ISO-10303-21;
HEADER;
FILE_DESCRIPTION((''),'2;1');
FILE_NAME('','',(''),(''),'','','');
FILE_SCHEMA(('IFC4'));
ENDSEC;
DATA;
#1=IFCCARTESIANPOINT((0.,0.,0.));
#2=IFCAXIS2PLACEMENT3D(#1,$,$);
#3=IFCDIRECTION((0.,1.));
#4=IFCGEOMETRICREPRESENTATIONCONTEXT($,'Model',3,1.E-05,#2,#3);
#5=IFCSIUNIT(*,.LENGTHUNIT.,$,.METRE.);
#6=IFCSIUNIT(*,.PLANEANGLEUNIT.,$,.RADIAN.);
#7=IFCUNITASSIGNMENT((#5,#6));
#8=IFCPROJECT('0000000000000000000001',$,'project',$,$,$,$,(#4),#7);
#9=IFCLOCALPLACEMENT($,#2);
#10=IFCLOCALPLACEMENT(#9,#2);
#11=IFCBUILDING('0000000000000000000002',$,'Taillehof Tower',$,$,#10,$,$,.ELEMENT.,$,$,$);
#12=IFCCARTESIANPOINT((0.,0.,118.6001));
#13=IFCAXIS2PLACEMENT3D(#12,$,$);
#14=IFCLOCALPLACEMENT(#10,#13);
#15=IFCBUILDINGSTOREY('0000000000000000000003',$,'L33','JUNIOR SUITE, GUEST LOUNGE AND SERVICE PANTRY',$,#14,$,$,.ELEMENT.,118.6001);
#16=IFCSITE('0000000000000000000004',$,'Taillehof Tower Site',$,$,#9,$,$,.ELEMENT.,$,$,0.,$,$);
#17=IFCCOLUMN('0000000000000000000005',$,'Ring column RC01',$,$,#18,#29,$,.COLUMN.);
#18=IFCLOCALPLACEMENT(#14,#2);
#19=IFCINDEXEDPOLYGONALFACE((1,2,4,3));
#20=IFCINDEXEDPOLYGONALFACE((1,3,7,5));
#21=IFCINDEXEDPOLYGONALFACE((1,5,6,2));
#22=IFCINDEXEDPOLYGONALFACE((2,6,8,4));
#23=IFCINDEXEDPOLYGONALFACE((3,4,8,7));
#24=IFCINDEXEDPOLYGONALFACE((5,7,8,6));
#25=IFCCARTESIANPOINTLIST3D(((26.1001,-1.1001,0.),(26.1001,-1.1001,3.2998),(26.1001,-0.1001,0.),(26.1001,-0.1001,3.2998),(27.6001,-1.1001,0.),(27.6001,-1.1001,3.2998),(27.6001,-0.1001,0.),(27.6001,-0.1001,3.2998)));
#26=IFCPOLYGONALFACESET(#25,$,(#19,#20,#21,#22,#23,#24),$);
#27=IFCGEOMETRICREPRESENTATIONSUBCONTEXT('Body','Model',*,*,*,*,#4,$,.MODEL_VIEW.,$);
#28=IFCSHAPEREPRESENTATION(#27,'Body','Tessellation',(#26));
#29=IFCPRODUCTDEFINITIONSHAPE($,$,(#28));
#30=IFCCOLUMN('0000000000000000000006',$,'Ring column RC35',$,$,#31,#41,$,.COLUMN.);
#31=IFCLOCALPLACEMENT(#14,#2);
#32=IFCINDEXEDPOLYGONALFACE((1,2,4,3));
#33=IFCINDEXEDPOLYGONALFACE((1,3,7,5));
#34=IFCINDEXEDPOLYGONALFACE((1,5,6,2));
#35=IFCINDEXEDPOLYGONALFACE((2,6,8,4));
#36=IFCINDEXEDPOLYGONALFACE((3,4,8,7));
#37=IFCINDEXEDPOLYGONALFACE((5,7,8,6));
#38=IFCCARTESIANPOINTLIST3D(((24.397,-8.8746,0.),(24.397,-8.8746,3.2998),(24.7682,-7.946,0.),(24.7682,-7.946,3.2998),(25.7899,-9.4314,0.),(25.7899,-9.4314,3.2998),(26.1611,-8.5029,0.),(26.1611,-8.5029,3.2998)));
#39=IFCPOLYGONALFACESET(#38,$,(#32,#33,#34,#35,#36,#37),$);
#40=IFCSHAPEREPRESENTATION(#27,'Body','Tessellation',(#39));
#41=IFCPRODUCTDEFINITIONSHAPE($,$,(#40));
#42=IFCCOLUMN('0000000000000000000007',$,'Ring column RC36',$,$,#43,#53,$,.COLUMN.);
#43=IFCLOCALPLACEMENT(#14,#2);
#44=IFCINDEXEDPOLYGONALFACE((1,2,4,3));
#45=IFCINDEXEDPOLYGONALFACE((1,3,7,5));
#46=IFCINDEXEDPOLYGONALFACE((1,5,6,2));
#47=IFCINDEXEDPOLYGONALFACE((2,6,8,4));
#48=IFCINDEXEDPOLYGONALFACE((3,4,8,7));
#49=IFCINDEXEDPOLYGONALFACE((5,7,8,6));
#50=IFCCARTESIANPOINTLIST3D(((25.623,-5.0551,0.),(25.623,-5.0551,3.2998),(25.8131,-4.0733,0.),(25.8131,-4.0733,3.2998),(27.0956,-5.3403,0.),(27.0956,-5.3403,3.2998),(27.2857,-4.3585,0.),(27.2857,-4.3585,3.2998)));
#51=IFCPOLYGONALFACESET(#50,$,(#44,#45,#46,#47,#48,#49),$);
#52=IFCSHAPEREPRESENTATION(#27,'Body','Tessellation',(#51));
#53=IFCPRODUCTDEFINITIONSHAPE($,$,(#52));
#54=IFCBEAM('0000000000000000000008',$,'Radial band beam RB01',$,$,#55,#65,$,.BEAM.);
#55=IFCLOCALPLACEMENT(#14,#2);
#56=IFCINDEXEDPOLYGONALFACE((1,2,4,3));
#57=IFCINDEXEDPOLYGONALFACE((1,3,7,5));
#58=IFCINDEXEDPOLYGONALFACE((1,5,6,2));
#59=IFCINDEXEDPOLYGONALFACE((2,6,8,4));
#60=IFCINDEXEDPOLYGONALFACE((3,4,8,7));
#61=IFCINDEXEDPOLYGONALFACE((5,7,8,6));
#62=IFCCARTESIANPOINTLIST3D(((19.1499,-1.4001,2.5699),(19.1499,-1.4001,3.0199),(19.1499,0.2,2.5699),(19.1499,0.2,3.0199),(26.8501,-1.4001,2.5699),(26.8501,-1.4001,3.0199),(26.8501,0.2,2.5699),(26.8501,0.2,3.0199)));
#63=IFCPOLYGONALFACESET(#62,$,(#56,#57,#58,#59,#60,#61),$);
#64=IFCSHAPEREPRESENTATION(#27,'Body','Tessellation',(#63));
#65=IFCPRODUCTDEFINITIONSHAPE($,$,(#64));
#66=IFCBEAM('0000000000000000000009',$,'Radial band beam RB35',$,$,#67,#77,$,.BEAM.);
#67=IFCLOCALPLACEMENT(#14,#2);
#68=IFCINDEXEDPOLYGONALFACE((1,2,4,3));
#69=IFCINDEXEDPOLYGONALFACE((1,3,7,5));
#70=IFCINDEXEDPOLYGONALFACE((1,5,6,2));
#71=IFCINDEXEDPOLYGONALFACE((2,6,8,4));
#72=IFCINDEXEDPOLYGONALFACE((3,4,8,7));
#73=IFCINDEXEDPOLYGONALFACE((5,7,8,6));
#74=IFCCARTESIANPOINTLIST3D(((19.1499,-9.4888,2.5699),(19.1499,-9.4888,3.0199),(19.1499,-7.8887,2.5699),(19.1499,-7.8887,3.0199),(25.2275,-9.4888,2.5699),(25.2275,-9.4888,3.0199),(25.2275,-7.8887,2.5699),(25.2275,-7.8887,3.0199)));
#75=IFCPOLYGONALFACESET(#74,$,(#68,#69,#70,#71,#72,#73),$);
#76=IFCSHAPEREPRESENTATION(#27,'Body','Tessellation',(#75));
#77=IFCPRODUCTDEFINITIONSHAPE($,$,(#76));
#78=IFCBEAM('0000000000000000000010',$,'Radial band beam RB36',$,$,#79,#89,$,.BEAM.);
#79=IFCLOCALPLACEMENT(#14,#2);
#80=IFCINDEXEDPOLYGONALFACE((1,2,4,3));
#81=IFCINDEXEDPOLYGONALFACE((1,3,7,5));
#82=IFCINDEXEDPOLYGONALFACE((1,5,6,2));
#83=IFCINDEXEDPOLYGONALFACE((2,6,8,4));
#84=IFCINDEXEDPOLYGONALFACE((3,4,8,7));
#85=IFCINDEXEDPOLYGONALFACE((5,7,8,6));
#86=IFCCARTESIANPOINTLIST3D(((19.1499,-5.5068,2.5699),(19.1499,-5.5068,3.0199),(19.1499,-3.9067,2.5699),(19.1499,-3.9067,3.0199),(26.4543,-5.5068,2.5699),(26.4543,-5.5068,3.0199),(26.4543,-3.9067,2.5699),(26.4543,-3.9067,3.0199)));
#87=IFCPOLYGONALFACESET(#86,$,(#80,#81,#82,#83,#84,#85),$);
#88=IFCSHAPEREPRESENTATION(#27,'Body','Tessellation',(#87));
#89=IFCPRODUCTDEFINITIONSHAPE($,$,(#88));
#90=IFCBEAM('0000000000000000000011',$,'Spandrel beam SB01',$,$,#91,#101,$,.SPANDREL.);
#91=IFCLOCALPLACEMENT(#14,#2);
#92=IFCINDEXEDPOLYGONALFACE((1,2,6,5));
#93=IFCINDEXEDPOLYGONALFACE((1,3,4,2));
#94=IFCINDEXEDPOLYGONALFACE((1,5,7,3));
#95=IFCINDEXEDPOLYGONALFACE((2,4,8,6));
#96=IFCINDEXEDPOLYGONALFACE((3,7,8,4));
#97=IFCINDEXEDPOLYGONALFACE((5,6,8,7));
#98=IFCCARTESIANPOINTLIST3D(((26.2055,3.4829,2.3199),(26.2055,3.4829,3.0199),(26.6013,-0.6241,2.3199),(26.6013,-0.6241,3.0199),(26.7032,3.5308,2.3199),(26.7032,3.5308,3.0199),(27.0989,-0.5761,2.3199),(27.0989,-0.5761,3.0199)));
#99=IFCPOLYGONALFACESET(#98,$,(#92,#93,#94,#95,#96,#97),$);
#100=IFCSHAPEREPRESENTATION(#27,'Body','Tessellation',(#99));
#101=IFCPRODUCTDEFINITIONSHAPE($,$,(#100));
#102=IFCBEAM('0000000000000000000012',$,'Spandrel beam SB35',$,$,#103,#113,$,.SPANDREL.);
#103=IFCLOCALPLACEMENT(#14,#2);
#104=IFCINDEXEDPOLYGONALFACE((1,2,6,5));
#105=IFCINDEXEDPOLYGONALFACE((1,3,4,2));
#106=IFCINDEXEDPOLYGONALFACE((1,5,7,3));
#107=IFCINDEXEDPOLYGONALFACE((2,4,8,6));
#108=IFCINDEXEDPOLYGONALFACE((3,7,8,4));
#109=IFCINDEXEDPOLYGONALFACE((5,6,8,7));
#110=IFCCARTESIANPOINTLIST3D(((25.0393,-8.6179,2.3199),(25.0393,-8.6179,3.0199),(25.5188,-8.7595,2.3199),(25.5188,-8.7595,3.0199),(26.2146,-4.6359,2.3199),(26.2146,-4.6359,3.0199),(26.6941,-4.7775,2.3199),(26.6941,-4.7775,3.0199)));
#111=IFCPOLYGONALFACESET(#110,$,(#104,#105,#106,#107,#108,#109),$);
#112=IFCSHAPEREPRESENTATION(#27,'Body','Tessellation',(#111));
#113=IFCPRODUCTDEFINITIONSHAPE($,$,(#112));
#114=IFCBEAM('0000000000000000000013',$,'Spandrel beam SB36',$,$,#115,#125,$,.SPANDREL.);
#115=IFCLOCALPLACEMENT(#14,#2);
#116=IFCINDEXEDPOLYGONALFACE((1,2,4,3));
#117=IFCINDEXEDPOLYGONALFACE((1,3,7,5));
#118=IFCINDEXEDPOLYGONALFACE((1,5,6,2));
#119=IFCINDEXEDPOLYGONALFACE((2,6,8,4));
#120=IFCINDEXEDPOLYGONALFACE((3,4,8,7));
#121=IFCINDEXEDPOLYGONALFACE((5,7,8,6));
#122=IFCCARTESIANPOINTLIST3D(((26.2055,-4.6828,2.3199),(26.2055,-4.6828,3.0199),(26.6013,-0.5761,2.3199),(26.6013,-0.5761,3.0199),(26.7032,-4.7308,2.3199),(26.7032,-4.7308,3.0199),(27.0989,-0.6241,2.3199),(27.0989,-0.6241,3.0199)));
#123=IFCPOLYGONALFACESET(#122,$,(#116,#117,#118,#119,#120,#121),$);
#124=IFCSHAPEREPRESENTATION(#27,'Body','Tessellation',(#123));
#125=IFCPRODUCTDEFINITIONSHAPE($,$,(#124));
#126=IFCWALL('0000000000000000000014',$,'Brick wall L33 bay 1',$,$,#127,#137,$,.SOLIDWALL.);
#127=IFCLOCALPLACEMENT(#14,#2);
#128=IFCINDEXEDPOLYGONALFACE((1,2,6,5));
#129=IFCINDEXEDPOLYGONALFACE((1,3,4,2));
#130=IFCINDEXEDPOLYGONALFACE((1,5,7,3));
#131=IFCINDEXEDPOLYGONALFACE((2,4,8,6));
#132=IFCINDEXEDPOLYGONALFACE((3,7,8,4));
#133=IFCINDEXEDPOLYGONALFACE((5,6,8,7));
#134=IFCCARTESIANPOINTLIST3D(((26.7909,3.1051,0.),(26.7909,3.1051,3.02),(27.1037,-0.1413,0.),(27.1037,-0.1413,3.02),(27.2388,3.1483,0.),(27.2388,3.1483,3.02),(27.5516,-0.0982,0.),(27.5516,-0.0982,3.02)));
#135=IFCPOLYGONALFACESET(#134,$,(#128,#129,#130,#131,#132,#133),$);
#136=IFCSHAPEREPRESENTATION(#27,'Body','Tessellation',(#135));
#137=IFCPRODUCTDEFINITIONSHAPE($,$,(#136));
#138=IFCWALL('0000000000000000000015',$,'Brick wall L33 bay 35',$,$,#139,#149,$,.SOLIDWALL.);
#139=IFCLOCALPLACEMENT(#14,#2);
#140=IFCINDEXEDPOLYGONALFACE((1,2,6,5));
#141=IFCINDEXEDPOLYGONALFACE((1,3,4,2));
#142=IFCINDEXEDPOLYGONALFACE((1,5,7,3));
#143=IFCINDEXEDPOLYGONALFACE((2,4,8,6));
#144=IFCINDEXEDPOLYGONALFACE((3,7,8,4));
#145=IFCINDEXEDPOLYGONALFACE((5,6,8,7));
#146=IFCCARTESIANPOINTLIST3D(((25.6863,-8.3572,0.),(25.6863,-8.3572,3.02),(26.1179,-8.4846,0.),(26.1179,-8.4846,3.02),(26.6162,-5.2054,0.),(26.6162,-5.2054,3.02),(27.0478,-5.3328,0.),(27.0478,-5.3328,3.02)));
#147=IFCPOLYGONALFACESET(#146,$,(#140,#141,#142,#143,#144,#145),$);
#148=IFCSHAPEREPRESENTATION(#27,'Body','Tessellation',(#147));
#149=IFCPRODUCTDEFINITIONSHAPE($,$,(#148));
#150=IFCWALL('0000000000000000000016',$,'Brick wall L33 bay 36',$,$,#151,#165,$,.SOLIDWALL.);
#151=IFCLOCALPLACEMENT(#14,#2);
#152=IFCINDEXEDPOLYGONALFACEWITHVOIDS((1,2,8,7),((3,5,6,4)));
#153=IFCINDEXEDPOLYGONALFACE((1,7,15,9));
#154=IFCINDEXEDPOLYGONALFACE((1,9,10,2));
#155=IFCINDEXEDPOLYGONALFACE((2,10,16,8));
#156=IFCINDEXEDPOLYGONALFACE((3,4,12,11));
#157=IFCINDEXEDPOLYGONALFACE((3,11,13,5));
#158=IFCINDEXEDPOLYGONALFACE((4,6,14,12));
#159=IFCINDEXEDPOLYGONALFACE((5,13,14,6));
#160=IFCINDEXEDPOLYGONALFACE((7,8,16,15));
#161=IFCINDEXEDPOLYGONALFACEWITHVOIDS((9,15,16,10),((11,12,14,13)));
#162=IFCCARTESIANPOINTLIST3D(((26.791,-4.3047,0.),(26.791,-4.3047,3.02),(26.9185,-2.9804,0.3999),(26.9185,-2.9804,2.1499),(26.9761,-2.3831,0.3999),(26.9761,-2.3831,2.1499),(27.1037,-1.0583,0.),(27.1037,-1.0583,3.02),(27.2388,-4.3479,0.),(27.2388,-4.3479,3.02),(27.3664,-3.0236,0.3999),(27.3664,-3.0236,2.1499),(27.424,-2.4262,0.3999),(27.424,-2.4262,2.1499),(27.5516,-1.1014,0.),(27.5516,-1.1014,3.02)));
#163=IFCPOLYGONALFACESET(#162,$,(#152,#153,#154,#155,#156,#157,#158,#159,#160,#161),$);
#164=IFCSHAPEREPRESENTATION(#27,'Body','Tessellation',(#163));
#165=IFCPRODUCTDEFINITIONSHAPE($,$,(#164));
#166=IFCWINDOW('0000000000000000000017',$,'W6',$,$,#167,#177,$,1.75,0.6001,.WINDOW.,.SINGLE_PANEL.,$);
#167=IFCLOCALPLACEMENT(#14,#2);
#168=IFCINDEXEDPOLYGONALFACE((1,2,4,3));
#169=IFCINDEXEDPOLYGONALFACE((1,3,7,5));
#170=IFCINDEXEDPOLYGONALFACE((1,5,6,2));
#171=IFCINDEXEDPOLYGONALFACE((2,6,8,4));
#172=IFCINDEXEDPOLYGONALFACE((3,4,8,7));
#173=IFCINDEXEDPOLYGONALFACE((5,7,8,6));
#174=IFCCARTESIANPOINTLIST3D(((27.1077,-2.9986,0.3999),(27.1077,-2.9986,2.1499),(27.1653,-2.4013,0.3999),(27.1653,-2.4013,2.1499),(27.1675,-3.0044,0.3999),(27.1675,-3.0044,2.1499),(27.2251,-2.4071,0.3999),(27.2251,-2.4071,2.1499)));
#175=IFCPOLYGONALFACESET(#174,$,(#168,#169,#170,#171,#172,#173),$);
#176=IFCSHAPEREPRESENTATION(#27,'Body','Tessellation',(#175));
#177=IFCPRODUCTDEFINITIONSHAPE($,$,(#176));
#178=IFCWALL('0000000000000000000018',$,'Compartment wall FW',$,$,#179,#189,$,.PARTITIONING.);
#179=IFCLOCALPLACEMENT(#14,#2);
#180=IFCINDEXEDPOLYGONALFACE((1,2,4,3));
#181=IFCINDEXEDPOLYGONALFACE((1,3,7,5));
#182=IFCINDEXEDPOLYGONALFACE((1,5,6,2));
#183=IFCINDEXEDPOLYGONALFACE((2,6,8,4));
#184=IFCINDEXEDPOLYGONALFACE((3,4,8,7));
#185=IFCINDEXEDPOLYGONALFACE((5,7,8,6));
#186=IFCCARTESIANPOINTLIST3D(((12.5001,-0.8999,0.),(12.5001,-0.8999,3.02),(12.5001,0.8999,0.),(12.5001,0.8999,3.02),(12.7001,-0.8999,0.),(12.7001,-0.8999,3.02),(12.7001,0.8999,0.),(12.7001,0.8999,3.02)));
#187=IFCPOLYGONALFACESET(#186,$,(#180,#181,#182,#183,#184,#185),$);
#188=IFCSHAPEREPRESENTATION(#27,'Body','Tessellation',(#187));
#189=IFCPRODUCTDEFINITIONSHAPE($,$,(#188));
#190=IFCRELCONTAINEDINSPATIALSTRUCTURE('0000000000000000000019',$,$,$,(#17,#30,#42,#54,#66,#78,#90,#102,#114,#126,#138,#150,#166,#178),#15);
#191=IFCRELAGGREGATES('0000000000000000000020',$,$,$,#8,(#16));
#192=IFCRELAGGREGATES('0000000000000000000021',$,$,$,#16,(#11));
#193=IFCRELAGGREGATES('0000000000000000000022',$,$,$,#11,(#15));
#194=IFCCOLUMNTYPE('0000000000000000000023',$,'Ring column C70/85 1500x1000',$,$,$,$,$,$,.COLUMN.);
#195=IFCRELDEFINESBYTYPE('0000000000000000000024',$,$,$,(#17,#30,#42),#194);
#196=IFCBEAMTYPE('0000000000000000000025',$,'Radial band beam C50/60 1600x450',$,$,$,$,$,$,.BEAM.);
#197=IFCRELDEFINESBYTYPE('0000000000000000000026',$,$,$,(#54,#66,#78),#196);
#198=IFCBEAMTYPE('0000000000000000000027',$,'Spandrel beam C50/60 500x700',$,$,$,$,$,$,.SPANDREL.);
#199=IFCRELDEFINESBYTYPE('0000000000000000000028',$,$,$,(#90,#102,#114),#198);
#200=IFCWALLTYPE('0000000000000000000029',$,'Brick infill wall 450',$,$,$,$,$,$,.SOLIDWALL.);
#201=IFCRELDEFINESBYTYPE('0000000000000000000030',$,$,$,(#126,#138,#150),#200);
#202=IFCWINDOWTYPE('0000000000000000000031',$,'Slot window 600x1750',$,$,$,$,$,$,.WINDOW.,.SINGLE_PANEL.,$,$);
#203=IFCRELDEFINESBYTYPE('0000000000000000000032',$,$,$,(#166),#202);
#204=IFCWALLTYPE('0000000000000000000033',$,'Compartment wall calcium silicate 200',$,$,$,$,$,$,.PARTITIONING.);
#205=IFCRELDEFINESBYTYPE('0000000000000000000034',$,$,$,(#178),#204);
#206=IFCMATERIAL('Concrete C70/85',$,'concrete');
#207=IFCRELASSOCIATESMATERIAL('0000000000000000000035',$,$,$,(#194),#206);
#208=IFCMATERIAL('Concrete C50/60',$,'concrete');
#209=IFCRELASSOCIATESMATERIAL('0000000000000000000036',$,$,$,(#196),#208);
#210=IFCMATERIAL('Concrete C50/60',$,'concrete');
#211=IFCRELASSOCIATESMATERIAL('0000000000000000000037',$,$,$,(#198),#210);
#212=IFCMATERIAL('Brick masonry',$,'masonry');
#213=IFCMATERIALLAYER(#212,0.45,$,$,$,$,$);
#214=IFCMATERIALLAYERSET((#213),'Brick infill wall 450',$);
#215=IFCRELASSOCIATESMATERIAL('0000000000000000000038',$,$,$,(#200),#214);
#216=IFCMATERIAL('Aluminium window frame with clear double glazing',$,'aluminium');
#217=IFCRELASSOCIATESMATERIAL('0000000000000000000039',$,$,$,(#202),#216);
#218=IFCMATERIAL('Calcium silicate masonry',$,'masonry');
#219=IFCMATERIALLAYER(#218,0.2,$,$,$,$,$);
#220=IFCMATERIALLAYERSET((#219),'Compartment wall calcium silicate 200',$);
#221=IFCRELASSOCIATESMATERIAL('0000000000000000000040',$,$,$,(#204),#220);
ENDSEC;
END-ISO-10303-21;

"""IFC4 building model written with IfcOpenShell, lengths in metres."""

from ifc_helpers import new_model, si_unit, direction, frame, frame_2d, origin, origin_2d, place, context, subcontext, project, spatial, rectangle, extrude, material, layer, layer_set, material_profile, profile_set, type_object, element, fill, save


model = new_model("IFC4")

# Units and contexts
model_context = context("Model", 3, precision=1e-05, world=origin(), true_north=direction((0.0, 1.0)))
body_context = subcontext(model_context, "Body", "Model", "MODEL_VIEW")
ifc_project = project(units=[si_unit("LENGTHUNIT", "METRE"), si_unit("PLANEANGLEUNIT", "RADIAN")], contexts=[model_context])

# Site, building, storey
site_placement = place(None, origin())
site = spatial("IfcSite", under=ifc_project, at=site_placement, Name="Taillehof Tower Site", CompositionType="ELEMENT", RefElevation=0.0)
building_placement = place(site_placement, origin())
building = spatial("IfcBuilding", under=site, at=building_placement, Name="Taillehof Tower", CompositionType="ELEMENT")
storey_placement = place(building_placement, frame((0.0, 0.0, 118.6001)))
storey = spatial("IfcBuildingStorey", under=building, at=storey_placement, Name="L33", Description="JUNIOR SUITE, GUEST LOUNGE AND SERVICE PANTRY", CompositionType="ELEMENT", Elevation=118.6001)

# Columns
ifc_material_1 = material(Name="Concrete C70/85", Category="concrete")
ifc_material_profile_1 = material_profile(ifc_material_1, rectangle(XDim=1.5, YDim=1.0, at=origin_2d()), Name="RC 1500x1000")
ifc_profile_set_1 = profile_set([ifc_material_profile_1], Name="Concrete C70/85")
column_type = type_object("IfcColumnType", Name="Ring column C70/85 1500x1000", PredefinedType="COLUMN", material=ifc_profile_set_1)
for number, where, z_axis, x_axis, name in (
    (1, (26.8501, -0.6001, 0.0), (0.0, 0.0, 1.0), (1.0, 0.0, 0.0), "Ring column RC01"),
    (2, (25.2791, -8.6887, 0.0), (0.0, 0.0, 1.0), (0.92855, -0.371207, 0.0), "Ring column RC35"),
    (3, (26.4543, -4.7068, 0.0), (0.0, 0.0, 1.0), (0.981757, -0.190138, 0.0), "Ring column RC36"),
):
    element("IfcColumn", number, at=place(storey_placement, frame(where, z_axis=z_axis, x_axis=x_axis)), inside=storey, type_object=column_type, Name=name, PredefinedType="COLUMN", context=body_context, shape_type="SweptSolid", body=[
        extrude(rectangle(XDim=1.5, YDim=1.0, at=origin_2d()), origin(), (0.0, 0.0, 1.0), 3.2998),
    ])

# Beams
ifc_material_2 = material(Name="Concrete C50/60", Category="concrete")
ifc_material_profile_2 = material_profile(ifc_material_2, rectangle(XDim=1.6001, YDim=0.45, at=origin_2d()), Name="RC 1600x450")
ifc_profile_set_2 = profile_set([ifc_material_profile_2], Name="Concrete C50/60")
beam_type_1 = type_object("IfcBeamType", Name="Radial band beam C50/60 1600x450", PredefinedType="BEAM", material=ifc_profile_set_2)
beam_1_placement = place(storey_placement, frame((26.8501, -0.6001, 2.7949), z_axis=(-1.0, 0.0, 0.0), x_axis=(0.0, -1.0, 0.0)))
element("IfcBeam", 4, at=beam_1_placement, inside=storey, type_object=beam_type_1, Name="Radial band beam RB01", PredefinedType="BEAM", context=body_context, shape_type="SweptSolid", body=[
    extrude(rectangle(XDim=1.6001, YDim=0.45, at=origin_2d()), origin(), (0.0, 0.0, 1.0), 7.7002),
])
beam_2_placement = place(storey_placement, frame((25.2275, -8.6887, 2.7949), z_axis=(-1.0, 0.0, 0.0), x_axis=(0.0, -1.0, 0.0)))
element("IfcBeam", 5, at=beam_2_placement, inside=storey, type_object=beam_type_1, Name="Radial band beam RB35", PredefinedType="BEAM", context=body_context, shape_type="SweptSolid", body=[
    extrude(rectangle(XDim=1.6001, YDim=0.45, at=origin_2d()), origin(), (0.0, 0.0, 1.0), 6.0776),
])
beam_3_placement = place(storey_placement, frame((26.4543, -4.7068, 2.7949), z_axis=(-1.0, 0.0, 0.0), x_axis=(0.0, -1.0, 0.0)))
element("IfcBeam", 6, at=beam_3_placement, inside=storey, type_object=beam_type_1, Name="Radial band beam RB36", PredefinedType="BEAM", context=body_context, shape_type="SweptSolid", body=[
    extrude(rectangle(XDim=1.6001, YDim=0.45, at=origin_2d()), origin(), (0.0, 0.0, 1.0), 7.3044),
])
ifc_material_3 = material(Name="Concrete C50/60", Category="concrete")
ifc_material_profile_3 = material_profile(ifc_material_3, rectangle(XDim=0.5, YDim=0.7, at=origin_2d()), Name="RC 500x700")
ifc_profile_set_3 = profile_set([ifc_material_profile_3], Name="Concrete C50/60")
beam_type_2 = type_object("IfcBeamType", Name="Spandrel beam C50/60 500x700", PredefinedType="SPANDREL", material=ifc_profile_set_3)
beam_4_placement = place(storey_placement, frame((26.8501, -0.6001, 2.6699), z_axis=(-0.095918, 0.995389, 0.0), x_axis=(-0.995389, -0.095918, 0.0)))
element("IfcBeam", 7, at=beam_4_placement, inside=storey, type_object=beam_type_2, Name="Spandrel beam SB01", PredefinedType="SPANDREL", context=body_context, shape_type="SweptSolid", body=[
    extrude(rectangle(XDim=0.5, YDim=0.7, at=origin_2d()), origin(), (0.0, 0.0, 1.0), 4.126),
])
beam_5_placement = place(storey_placement, frame((25.2791, -8.6887, 2.6699), z_axis=(0.283083, 0.959095, 0.0), x_axis=(-0.959095, 0.283083, 0.0)))
element("IfcBeam", 8, at=beam_5_placement, inside=storey, type_object=beam_type_2, Name="Spandrel beam SB35", PredefinedType="SPANDREL", context=body_context, shape_type="SweptSolid", body=[
    extrude(rectangle(XDim=0.5, YDim=0.7, at=origin_2d()), origin(), (0.0, 0.0, 1.0), 4.1519),
])
beam_6_placement = place(storey_placement, frame((26.4543, -4.7068, 2.6699), z_axis=(0.095923, 0.995389, 0.0), x_axis=(-0.995389, 0.095923, 0.0)))
element("IfcBeam", 9, at=beam_6_placement, inside=storey, type_object=beam_type_2, Name="Spandrel beam SB36", PredefinedType="SPANDREL", context=body_context, shape_type="SweptSolid", body=[
    extrude(rectangle(XDim=0.5, YDim=0.7, at=origin_2d()), origin(), (0.0, 0.0, 1.0), 4.1257),
])

# Walls
ifc_material_4 = material(Name="Brick masonry", Category="masonry")
ifc_layer_1 = layer(ifc_material_4, 0.45)
ifc_layer_set_1 = layer_set([ifc_layer_1], Name="Brick infill wall 450")
wall_type_1 = type_object("IfcWallType", Name="Brick infill wall 450", PredefinedType="SOLIDWALL", material=ifc_layer_set_1)
wall_1_placement = place(storey_placement, frame((27.3276, -0.1199, 0.0), z_axis=(0.0, 0.0, 1.0), x_axis=(-0.095894, 0.995392, 0.0)))
element("IfcWall", 10, at=wall_1_placement, inside=storey, type_object=wall_type_1, Name="Brick wall L33 bay 1", PredefinedType="SOLIDWALL", context=body_context, shape_type="SweptSolid", body=[
    extrude(rectangle(XDim=3.2615, YDim=0.45, at=frame_2d((1.6309, 0.0))), origin(), (0.0, 0.0, 1.0), 3.02),
])
wall_2_placement = place(storey_placement, frame((25.9021, -8.4209, 0.0), z_axis=(0.0, 0.0, 1.0), x_axis=(0.282983, 0.959125, 0.0)))
element("IfcWall", 11, at=wall_2_placement, inside=storey, type_object=wall_type_1, Name="Brick wall L33 bay 35", PredefinedType="SOLIDWALL", context=body_context, shape_type="SweptSolid", body=[
    extrude(rectangle(XDim=3.2861, YDim=0.45, at=frame_2d((1.6431, 0.0))), origin(), (0.0, 0.0, 1.0), 3.02),
])

# Wall, opening, window
wall_3_placement = place(storey_placement, frame((27.0149, -4.3264, 0.0), z_axis=(0.0, 0.0, 1.0), x_axis=(0.095894, 0.995392, 0.0)))
wall_3 = element("IfcWall", 12, at=wall_3_placement, inside=storey, type_object=wall_type_1, Name="Brick wall L33 bay 36", PredefinedType="SOLIDWALL", context=body_context, shape_type="SweptSolid", body=[
    extrude(rectangle(XDim=3.2615, YDim=0.45, at=frame_2d((1.6309, 0.0))), origin(), (0.0, 0.0, 1.0), 3.02),
])
opening_1_placement = place(wall_3_placement, frame((1.3306, 0.0, 0.3999)))
opening_1 = element("IfcOpeningElement", 13, at=opening_1_placement, cuts=wall_3, PredefinedType="OPENING", context=body_context, shape_type="SweptSolid", body=[
    extrude(rectangle(XDim=0.6001, YDim=1.75, at=frame_2d((0.3, 0.875))), frame((0.0, 0.2349, 0.0), z_axis=(0.0, -1.0, 0.0), x_axis=(1.0, 0.0, 0.0)), (0.0, 0.0, 1.0), 0.47),
])
ifc_material_5 = material(Name="Aluminium window frame with clear double glazing", Category="aluminium")
window_type = type_object("IfcWindowType", Name="Slot window 600x1750", PartitioningType="SINGLE_PANEL", PredefinedType="WINDOW", material=ifc_material_5)
window_placement = place(opening_1_placement, origin())
window = element("IfcWindow", 14, at=window_placement, inside=storey, type_object=window_type, Name="W6", OverallHeight=1.75, OverallWidth=0.6001, PartitioningType="SINGLE_PANEL", PredefinedType="WINDOW", context=body_context, shape_type="SweptSolid", body=[
    extrude(rectangle(XDim=0.6001, YDim=1.75, at=frame_2d((0.3, 0.875))), frame((0.0, 0.0349, 0.0), z_axis=(0.0, -1.0, 0.0), x_axis=(1.0, 0.0, 0.0)), (0.0, 0.0, 1.0), 0.0601),
])
fill(opening_1, window)

# Wall
ifc_material_6 = material(Name="Calcium silicate masonry", Category="masonry")
ifc_layer_2 = layer(ifc_material_6, 0.2)
ifc_layer_set_2 = layer_set([ifc_layer_2], Name="Compartment wall calcium silicate 200")
wall_type_2 = type_object("IfcWallType", Name="Compartment wall calcium silicate 200", PredefinedType="PARTITIONING", material=ifc_layer_set_2)
wall_4_placement = place(storey_placement, frame((12.6001, -0.8999, 0.0), z_axis=(0.0, 0.0, 1.0), x_axis=(0.0, 1.0, 0.0)))
element("IfcWall", 15, at=wall_4_placement, inside=storey, type_object=wall_type_2, Name="Compartment wall FW", PredefinedType="PARTITIONING", context=body_context, shape_type="SweptSolid", body=[
    extrude(rectangle(XDim=1.7998, YDim=0.2, at=frame_2d((0.8999, 0.0))), origin(), (0.0, 0.0, 1.0), 3.02),
])

save(model, "model.ifc")
